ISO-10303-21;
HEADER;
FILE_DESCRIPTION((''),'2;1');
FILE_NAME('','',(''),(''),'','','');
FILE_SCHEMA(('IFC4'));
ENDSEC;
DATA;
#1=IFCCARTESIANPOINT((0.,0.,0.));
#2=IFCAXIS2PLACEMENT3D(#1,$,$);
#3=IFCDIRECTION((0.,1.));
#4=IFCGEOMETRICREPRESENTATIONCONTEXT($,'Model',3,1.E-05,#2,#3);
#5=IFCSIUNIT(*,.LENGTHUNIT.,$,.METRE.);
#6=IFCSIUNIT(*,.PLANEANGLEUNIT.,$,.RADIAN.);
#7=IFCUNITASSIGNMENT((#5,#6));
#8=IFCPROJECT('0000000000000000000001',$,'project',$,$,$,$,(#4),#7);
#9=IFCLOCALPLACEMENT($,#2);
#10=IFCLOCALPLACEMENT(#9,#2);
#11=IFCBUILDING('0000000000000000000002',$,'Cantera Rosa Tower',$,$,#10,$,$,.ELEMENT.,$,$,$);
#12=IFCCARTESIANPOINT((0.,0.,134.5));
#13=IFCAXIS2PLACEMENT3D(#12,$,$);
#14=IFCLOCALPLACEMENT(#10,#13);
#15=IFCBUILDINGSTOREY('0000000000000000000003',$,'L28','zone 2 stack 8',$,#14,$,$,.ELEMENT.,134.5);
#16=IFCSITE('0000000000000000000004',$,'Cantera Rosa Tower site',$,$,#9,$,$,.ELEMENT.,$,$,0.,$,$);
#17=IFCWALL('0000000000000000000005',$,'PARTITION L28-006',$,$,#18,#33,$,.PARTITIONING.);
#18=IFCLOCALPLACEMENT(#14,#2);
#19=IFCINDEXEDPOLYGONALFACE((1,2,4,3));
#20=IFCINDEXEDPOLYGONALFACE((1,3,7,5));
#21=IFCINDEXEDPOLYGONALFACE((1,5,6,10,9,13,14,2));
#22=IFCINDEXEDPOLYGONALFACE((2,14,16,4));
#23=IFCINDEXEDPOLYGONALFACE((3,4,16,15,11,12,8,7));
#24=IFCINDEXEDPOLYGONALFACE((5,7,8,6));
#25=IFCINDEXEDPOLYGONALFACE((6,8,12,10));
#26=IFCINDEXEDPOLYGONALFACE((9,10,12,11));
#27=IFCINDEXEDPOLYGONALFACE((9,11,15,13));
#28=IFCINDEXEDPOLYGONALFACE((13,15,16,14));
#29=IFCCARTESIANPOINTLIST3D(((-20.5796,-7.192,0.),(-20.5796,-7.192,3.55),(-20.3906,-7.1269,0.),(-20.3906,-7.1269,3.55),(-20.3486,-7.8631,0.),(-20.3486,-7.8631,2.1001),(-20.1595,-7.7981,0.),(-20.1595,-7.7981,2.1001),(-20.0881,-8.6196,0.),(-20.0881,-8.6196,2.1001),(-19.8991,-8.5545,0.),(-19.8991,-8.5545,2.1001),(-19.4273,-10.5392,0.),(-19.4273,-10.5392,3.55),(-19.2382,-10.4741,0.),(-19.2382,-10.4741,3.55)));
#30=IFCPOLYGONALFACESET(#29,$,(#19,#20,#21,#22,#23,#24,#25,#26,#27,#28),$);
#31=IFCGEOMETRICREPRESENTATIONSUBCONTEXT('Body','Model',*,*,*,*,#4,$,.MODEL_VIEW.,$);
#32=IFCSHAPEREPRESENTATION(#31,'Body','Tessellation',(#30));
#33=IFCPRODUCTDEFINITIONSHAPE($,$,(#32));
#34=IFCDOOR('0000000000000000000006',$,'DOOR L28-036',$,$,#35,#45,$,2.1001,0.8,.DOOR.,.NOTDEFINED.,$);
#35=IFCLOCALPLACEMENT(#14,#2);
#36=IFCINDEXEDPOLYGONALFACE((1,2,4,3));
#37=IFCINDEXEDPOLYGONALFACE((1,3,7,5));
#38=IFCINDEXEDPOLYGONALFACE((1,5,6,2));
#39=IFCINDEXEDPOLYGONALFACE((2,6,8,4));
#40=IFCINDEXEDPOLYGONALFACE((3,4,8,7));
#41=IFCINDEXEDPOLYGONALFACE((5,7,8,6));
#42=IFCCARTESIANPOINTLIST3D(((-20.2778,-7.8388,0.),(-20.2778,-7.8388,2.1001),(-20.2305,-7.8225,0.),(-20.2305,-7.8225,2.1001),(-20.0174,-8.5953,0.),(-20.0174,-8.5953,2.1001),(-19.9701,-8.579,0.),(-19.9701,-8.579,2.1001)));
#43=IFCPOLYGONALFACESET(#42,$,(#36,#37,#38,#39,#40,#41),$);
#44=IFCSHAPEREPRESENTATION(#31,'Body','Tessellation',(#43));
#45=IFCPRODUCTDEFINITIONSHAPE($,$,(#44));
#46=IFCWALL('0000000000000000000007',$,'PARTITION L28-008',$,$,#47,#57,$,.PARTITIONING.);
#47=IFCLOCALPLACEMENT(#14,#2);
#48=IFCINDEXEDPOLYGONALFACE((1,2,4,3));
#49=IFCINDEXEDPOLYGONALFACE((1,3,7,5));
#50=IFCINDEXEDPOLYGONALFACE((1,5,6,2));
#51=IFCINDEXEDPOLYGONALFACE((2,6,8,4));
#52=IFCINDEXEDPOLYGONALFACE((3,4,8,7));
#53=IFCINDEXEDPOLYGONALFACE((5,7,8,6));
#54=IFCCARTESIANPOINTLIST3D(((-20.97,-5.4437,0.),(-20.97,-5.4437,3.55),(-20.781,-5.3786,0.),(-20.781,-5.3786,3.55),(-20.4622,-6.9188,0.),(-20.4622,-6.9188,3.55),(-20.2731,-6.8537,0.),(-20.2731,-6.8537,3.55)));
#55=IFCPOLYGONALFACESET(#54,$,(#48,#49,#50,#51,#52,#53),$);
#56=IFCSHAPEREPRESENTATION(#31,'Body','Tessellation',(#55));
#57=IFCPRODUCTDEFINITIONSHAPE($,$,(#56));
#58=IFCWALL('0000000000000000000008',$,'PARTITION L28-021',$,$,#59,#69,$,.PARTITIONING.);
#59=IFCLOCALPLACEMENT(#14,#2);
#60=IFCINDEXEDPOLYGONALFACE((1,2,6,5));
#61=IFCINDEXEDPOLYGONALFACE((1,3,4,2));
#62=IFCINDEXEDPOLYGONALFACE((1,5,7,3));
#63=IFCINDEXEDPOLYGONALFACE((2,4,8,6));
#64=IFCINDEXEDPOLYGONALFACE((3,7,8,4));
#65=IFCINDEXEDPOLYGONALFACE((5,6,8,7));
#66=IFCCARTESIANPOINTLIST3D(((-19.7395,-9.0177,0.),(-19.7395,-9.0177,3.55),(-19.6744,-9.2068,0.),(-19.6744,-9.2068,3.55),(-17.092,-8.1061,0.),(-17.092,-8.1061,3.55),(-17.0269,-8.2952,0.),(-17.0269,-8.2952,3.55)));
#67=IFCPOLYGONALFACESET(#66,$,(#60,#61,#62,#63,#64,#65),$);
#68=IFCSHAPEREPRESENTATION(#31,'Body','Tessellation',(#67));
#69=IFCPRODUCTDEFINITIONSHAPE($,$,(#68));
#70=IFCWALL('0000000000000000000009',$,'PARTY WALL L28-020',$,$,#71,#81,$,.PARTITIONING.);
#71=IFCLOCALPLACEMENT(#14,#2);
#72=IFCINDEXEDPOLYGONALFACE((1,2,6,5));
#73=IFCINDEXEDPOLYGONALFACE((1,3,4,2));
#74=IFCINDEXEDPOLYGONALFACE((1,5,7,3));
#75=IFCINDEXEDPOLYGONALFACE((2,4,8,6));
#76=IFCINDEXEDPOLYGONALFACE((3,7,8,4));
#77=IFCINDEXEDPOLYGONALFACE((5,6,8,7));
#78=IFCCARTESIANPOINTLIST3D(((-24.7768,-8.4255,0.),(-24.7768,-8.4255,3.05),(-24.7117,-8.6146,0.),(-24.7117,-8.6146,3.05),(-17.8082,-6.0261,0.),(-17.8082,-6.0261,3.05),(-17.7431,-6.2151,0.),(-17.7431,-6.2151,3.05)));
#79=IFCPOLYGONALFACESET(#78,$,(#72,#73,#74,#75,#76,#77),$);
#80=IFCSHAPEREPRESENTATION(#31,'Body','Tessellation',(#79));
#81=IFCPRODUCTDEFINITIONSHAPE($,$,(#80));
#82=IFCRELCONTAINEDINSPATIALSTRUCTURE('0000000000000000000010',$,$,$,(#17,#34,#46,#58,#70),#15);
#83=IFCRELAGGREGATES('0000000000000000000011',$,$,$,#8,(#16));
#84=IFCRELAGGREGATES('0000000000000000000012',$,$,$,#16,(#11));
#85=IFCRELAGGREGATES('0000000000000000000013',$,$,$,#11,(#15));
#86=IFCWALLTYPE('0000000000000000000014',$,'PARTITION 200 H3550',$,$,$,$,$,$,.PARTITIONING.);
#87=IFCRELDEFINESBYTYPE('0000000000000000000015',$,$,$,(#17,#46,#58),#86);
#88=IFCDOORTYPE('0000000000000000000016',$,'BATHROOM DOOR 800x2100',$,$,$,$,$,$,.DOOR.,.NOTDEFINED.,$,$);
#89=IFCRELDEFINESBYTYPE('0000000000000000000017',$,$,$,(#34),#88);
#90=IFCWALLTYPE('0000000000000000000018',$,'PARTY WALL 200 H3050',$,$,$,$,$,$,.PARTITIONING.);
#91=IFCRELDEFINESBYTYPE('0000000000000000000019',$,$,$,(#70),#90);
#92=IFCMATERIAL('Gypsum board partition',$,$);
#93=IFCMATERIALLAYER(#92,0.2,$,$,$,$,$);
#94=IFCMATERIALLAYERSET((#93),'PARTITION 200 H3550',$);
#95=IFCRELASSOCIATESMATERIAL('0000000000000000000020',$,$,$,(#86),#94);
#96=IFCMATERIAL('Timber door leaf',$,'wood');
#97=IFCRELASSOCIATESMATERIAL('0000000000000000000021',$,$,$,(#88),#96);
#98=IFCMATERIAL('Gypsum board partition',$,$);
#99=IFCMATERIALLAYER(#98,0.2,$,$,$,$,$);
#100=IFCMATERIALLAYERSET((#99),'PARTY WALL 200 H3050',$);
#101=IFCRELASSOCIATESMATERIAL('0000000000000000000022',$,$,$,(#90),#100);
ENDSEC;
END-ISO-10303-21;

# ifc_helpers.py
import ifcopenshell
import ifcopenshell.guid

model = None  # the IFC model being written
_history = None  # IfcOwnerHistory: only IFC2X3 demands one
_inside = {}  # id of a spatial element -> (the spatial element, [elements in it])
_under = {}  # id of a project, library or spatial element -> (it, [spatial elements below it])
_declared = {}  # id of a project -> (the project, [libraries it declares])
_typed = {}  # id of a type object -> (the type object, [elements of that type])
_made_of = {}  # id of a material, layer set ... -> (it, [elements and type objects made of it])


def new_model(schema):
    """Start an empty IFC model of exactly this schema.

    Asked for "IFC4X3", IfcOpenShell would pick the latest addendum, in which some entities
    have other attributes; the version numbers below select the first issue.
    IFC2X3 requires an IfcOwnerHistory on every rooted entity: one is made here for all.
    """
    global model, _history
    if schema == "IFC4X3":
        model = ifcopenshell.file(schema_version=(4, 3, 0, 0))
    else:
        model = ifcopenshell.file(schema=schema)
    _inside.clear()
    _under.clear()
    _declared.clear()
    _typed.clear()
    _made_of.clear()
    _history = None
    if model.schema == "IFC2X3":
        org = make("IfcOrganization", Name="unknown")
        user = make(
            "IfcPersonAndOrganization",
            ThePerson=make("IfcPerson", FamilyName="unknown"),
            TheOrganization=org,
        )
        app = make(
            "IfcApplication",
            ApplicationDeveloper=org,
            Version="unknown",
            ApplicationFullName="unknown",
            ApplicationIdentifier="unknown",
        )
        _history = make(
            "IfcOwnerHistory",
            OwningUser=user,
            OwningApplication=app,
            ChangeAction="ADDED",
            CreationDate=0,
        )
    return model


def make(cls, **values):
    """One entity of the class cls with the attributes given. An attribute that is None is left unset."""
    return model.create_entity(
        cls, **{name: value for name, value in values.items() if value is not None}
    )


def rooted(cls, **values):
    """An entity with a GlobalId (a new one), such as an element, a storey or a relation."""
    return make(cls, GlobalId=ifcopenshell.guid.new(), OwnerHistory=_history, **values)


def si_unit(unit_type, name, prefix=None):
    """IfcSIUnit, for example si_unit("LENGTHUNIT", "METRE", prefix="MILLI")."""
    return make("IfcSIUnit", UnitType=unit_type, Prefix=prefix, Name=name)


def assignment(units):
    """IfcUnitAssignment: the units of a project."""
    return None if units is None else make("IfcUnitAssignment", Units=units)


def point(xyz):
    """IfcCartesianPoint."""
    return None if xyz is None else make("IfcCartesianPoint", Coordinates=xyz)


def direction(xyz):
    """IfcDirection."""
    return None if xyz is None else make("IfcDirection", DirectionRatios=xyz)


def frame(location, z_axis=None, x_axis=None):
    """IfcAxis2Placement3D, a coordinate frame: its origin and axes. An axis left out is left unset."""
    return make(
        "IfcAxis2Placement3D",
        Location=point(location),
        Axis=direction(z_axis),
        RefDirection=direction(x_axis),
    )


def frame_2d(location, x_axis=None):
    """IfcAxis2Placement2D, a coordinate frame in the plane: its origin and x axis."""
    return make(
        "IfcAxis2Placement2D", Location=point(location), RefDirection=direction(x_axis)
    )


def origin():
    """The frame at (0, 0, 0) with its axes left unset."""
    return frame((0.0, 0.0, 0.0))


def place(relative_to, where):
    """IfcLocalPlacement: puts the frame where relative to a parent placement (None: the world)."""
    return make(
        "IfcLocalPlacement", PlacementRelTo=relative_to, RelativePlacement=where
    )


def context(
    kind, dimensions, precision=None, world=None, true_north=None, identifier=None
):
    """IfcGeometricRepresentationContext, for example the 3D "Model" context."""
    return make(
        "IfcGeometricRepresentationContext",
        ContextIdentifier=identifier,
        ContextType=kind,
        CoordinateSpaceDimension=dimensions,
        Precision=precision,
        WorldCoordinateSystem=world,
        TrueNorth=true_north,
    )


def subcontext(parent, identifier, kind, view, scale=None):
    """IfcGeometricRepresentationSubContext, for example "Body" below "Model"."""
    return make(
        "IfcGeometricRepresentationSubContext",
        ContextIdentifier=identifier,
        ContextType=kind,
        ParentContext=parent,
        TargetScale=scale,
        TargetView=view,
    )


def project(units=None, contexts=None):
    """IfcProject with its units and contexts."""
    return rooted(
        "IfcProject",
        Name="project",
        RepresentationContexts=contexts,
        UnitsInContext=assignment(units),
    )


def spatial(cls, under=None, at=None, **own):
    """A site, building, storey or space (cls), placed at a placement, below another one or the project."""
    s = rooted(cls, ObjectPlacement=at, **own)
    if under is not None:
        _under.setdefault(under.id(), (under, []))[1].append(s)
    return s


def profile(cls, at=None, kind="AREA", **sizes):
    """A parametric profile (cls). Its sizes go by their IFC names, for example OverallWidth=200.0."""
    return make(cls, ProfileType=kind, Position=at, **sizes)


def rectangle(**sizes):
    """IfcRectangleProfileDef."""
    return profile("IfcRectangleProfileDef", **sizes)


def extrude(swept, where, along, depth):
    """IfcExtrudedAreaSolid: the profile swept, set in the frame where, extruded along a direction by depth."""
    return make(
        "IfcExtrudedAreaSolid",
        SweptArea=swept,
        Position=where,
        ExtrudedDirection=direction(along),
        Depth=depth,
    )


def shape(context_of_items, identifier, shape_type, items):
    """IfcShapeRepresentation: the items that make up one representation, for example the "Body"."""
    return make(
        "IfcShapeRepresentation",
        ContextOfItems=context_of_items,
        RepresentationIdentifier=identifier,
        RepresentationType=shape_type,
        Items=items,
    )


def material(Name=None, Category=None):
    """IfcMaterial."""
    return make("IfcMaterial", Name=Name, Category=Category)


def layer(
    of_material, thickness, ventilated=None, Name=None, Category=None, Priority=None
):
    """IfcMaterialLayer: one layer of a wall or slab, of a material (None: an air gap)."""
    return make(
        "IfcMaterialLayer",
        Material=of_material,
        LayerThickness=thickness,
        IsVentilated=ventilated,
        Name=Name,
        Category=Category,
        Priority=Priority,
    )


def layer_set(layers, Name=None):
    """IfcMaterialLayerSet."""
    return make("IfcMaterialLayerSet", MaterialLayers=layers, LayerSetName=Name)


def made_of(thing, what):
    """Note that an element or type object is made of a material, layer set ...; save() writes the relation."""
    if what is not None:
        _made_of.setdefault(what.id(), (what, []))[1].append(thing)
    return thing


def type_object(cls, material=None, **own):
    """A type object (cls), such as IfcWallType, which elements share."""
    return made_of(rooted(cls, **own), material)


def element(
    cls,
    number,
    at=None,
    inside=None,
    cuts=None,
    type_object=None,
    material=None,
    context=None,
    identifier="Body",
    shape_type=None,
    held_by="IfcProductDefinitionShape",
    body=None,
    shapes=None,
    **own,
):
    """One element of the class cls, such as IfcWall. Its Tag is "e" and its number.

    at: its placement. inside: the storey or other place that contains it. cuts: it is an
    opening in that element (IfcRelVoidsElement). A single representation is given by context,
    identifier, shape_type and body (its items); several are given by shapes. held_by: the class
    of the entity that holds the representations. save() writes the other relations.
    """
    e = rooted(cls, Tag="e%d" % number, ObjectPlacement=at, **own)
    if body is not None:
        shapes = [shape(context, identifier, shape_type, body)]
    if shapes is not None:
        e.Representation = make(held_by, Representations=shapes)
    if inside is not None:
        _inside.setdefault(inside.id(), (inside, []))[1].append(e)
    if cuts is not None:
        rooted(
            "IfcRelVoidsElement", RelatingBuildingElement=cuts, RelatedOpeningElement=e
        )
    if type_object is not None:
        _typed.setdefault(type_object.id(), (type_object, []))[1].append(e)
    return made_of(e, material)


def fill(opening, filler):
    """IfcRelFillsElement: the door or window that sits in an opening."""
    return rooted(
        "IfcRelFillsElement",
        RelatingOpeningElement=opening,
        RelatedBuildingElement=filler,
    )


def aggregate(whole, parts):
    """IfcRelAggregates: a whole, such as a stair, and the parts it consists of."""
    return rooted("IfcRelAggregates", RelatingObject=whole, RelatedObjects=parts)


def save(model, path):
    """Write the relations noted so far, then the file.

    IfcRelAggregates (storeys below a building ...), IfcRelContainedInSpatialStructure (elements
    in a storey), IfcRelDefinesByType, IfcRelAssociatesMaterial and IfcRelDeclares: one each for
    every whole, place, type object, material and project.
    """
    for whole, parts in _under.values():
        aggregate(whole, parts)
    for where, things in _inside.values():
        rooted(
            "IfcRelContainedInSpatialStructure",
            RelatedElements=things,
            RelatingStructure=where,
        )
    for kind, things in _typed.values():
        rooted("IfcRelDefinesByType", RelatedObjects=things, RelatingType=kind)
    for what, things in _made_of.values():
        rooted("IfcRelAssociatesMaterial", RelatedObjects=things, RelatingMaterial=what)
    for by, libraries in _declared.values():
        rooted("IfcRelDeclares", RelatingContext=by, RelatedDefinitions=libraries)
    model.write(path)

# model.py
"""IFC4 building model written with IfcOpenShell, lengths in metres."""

from ifc_helpers import new_model, si_unit, direction, frame, frame_2d, origin, place, context, subcontext, project, spatial, rectangle, extrude, material, layer, layer_set, type_object, element, fill, save


model = new_model("IFC4")

# Units and contexts
model_context = context("Model", 3, precision=1e-05, world=origin(), true_north=direction((0.0, 1.0)))
body_context = subcontext(model_context, "Body", "Model", "MODEL_VIEW")
ifc_project = project(units=[si_unit("LENGTHUNIT", "METRE"), si_unit("PLANEANGLEUNIT", "RADIAN")], contexts=[model_context])

# Site, building, storey
site_placement = place(None, origin())
site = spatial("IfcSite", under=ifc_project, at=site_placement, Name="Cantera Rosa Tower site", CompositionType="ELEMENT", RefElevation=0.0)
building_placement = place(site_placement, origin())
building = spatial("IfcBuilding", under=site, at=building_placement, Name="Cantera Rosa Tower", CompositionType="ELEMENT")
storey_placement = place(building_placement, frame((0.0, 0.0, 134.5)))
storey = spatial("IfcBuildingStorey", under=building, at=storey_placement, Name="L28", Description="zone 2 stack 8", CompositionType="ELEMENT", Elevation=134.5)

# Wall, opening, door
ifc_material_1 = material(Name="Gypsum board partition")
ifc_layer_1 = layer(ifc_material_1, 0.2)
ifc_layer_set_1 = layer_set([ifc_layer_1], Name="PARTITION 200 H3550")
wall_type_1 = type_object("IfcWallType", Name="PARTITION 200 H3550", PredefinedType="PARTITIONING", material=ifc_layer_set_1)
ifc_material_2 = material(Name="Timber door leaf", Category="wood")
door_type_1 = type_object("IfcDoorType", Name="BATHROOM DOOR 800x2100", OperationType="NOTDEFINED", PredefinedType="DOOR", material=ifc_material_2)
wall_1_placement = place(storey_placement, frame((-20.4851, -7.1594, 0.0), z_axis=(0.0, 0.0, 1.0), x_axis=(0.325523, -0.945534, 0.0)))
wall_1 = element("IfcWall", 1, at=wall_1_placement, inside=storey, type_object=wall_type_1, Name="PARTITION L28-006", PredefinedType="PARTITIONING", context=body_context, shape_type="SweptSolid", body=[
    extrude(rectangle(XDim=3.54, YDim=0.2, at=frame_2d((1.77, 0.0))), origin(), (0.0, 0.0, 1.0), 3.55),
])
opening_1_placement = place(wall_1_placement, frame((0.71, 0.0, 0.0)))
opening_1 = element("IfcOpeningElement", 2, at=opening_1_placement, cuts=wall_1, PredefinedType="OPENING", context=body_context, shape_type="SweptSolid", body=[
    extrude(rectangle(XDim=0.8, YDim=2.1001, at=frame_2d((0.3999, 1.05))), frame((0.0, 0.1099, 0.0), z_axis=(0.0, -1.0, 0.0), x_axis=(1.0, 0.0, 0.0)), (0.0, 0.0, 1.0), 0.22),
])
door_1_placement = place(opening_1_placement, origin())
door_1 = element("IfcDoor", 3, at=door_1_placement, inside=storey, type_object=door_type_1, Name="DOOR L28-036", OperationType="NOTDEFINED", OverallHeight=2.1001, OverallWidth=0.8, PredefinedType="DOOR", context=body_context, shape_type="SweptSolid", body=[
    extrude(rectangle(XDim=0.8, YDim=2.1001, at=frame_2d((0.3999, 1.05))), frame((0.0, 0.0249, 0.0), z_axis=(0.0, -1.0, 0.0), x_axis=(1.0, 0.0, 0.0)), (0.0, 0.0, 1.0), 0.05),
])
fill(opening_1, door_1)

# Walls
wall_2_placement = place(storey_placement, frame((-20.3677, -6.8862, 0.0), z_axis=(0.0, 0.0, 1.0), x_axis=(-0.325508, 0.945539, 0.0)))
element("IfcWall", 4, at=wall_2_placement, inside=storey, type_object=wall_type_1, Name="PARTITION L28-008", PredefinedType="PARTITIONING", context=body_context, shape_type="SweptSolid", body=[
    extrude(rectangle(XDim=1.5601, YDim=0.2, at=frame_2d((0.78, 0.0))), origin(), (0.0, 0.0, 1.0), 3.55),
])
wall_3_placement = place(storey_placement, frame((-17.0596, -8.2007, 0.0), z_axis=(0.0, 0.0, 1.0), x_axis=(-0.945516, -0.325577, 0.0)))
element("IfcWall", 5, at=wall_3_placement, inside=storey, type_object=wall_type_1, Name="PARTITION L28-021", PredefinedType="PARTITIONING", context=body_context, shape_type="SweptSolid", body=[
    extrude(rectangle(XDim=2.8, YDim=0.2, at=frame_2d((1.3999, 0.0))), origin(), (0.0, 0.0, 1.0), 3.55),
])
ifc_material_3 = material(Name="Gypsum board partition")
ifc_layer_2 = layer(ifc_material_3, 0.2)
ifc_layer_set_2 = layer_set([ifc_layer_2], Name="PARTY WALL 200 H3050")
wall_type_2 = type_object("IfcWallType", Name="PARTY WALL 200 H3050", PredefinedType="PARTITIONING", material=ifc_layer_set_2)
wall_4_placement = place(storey_placement, frame((-17.7756, -6.1206, 0.0), z_axis=(0.0, 0.0, 1.0), x_axis=(-0.94552, -0.325564, 0.0)))
element("IfcWall", 6, at=wall_4_placement, inside=storey, type_object=wall_type_2, Name="PARTY WALL L28-020", PredefinedType="PARTITIONING", context=body_context, shape_type="SweptSolid", body=[
    extrude(rectangle(XDim=7.3701, YDim=0.2, at=frame_2d((3.6851, 0.0))), origin(), (0.0, 0.0, 1.0), 3.05),
])

save(model, "model.ifc")
